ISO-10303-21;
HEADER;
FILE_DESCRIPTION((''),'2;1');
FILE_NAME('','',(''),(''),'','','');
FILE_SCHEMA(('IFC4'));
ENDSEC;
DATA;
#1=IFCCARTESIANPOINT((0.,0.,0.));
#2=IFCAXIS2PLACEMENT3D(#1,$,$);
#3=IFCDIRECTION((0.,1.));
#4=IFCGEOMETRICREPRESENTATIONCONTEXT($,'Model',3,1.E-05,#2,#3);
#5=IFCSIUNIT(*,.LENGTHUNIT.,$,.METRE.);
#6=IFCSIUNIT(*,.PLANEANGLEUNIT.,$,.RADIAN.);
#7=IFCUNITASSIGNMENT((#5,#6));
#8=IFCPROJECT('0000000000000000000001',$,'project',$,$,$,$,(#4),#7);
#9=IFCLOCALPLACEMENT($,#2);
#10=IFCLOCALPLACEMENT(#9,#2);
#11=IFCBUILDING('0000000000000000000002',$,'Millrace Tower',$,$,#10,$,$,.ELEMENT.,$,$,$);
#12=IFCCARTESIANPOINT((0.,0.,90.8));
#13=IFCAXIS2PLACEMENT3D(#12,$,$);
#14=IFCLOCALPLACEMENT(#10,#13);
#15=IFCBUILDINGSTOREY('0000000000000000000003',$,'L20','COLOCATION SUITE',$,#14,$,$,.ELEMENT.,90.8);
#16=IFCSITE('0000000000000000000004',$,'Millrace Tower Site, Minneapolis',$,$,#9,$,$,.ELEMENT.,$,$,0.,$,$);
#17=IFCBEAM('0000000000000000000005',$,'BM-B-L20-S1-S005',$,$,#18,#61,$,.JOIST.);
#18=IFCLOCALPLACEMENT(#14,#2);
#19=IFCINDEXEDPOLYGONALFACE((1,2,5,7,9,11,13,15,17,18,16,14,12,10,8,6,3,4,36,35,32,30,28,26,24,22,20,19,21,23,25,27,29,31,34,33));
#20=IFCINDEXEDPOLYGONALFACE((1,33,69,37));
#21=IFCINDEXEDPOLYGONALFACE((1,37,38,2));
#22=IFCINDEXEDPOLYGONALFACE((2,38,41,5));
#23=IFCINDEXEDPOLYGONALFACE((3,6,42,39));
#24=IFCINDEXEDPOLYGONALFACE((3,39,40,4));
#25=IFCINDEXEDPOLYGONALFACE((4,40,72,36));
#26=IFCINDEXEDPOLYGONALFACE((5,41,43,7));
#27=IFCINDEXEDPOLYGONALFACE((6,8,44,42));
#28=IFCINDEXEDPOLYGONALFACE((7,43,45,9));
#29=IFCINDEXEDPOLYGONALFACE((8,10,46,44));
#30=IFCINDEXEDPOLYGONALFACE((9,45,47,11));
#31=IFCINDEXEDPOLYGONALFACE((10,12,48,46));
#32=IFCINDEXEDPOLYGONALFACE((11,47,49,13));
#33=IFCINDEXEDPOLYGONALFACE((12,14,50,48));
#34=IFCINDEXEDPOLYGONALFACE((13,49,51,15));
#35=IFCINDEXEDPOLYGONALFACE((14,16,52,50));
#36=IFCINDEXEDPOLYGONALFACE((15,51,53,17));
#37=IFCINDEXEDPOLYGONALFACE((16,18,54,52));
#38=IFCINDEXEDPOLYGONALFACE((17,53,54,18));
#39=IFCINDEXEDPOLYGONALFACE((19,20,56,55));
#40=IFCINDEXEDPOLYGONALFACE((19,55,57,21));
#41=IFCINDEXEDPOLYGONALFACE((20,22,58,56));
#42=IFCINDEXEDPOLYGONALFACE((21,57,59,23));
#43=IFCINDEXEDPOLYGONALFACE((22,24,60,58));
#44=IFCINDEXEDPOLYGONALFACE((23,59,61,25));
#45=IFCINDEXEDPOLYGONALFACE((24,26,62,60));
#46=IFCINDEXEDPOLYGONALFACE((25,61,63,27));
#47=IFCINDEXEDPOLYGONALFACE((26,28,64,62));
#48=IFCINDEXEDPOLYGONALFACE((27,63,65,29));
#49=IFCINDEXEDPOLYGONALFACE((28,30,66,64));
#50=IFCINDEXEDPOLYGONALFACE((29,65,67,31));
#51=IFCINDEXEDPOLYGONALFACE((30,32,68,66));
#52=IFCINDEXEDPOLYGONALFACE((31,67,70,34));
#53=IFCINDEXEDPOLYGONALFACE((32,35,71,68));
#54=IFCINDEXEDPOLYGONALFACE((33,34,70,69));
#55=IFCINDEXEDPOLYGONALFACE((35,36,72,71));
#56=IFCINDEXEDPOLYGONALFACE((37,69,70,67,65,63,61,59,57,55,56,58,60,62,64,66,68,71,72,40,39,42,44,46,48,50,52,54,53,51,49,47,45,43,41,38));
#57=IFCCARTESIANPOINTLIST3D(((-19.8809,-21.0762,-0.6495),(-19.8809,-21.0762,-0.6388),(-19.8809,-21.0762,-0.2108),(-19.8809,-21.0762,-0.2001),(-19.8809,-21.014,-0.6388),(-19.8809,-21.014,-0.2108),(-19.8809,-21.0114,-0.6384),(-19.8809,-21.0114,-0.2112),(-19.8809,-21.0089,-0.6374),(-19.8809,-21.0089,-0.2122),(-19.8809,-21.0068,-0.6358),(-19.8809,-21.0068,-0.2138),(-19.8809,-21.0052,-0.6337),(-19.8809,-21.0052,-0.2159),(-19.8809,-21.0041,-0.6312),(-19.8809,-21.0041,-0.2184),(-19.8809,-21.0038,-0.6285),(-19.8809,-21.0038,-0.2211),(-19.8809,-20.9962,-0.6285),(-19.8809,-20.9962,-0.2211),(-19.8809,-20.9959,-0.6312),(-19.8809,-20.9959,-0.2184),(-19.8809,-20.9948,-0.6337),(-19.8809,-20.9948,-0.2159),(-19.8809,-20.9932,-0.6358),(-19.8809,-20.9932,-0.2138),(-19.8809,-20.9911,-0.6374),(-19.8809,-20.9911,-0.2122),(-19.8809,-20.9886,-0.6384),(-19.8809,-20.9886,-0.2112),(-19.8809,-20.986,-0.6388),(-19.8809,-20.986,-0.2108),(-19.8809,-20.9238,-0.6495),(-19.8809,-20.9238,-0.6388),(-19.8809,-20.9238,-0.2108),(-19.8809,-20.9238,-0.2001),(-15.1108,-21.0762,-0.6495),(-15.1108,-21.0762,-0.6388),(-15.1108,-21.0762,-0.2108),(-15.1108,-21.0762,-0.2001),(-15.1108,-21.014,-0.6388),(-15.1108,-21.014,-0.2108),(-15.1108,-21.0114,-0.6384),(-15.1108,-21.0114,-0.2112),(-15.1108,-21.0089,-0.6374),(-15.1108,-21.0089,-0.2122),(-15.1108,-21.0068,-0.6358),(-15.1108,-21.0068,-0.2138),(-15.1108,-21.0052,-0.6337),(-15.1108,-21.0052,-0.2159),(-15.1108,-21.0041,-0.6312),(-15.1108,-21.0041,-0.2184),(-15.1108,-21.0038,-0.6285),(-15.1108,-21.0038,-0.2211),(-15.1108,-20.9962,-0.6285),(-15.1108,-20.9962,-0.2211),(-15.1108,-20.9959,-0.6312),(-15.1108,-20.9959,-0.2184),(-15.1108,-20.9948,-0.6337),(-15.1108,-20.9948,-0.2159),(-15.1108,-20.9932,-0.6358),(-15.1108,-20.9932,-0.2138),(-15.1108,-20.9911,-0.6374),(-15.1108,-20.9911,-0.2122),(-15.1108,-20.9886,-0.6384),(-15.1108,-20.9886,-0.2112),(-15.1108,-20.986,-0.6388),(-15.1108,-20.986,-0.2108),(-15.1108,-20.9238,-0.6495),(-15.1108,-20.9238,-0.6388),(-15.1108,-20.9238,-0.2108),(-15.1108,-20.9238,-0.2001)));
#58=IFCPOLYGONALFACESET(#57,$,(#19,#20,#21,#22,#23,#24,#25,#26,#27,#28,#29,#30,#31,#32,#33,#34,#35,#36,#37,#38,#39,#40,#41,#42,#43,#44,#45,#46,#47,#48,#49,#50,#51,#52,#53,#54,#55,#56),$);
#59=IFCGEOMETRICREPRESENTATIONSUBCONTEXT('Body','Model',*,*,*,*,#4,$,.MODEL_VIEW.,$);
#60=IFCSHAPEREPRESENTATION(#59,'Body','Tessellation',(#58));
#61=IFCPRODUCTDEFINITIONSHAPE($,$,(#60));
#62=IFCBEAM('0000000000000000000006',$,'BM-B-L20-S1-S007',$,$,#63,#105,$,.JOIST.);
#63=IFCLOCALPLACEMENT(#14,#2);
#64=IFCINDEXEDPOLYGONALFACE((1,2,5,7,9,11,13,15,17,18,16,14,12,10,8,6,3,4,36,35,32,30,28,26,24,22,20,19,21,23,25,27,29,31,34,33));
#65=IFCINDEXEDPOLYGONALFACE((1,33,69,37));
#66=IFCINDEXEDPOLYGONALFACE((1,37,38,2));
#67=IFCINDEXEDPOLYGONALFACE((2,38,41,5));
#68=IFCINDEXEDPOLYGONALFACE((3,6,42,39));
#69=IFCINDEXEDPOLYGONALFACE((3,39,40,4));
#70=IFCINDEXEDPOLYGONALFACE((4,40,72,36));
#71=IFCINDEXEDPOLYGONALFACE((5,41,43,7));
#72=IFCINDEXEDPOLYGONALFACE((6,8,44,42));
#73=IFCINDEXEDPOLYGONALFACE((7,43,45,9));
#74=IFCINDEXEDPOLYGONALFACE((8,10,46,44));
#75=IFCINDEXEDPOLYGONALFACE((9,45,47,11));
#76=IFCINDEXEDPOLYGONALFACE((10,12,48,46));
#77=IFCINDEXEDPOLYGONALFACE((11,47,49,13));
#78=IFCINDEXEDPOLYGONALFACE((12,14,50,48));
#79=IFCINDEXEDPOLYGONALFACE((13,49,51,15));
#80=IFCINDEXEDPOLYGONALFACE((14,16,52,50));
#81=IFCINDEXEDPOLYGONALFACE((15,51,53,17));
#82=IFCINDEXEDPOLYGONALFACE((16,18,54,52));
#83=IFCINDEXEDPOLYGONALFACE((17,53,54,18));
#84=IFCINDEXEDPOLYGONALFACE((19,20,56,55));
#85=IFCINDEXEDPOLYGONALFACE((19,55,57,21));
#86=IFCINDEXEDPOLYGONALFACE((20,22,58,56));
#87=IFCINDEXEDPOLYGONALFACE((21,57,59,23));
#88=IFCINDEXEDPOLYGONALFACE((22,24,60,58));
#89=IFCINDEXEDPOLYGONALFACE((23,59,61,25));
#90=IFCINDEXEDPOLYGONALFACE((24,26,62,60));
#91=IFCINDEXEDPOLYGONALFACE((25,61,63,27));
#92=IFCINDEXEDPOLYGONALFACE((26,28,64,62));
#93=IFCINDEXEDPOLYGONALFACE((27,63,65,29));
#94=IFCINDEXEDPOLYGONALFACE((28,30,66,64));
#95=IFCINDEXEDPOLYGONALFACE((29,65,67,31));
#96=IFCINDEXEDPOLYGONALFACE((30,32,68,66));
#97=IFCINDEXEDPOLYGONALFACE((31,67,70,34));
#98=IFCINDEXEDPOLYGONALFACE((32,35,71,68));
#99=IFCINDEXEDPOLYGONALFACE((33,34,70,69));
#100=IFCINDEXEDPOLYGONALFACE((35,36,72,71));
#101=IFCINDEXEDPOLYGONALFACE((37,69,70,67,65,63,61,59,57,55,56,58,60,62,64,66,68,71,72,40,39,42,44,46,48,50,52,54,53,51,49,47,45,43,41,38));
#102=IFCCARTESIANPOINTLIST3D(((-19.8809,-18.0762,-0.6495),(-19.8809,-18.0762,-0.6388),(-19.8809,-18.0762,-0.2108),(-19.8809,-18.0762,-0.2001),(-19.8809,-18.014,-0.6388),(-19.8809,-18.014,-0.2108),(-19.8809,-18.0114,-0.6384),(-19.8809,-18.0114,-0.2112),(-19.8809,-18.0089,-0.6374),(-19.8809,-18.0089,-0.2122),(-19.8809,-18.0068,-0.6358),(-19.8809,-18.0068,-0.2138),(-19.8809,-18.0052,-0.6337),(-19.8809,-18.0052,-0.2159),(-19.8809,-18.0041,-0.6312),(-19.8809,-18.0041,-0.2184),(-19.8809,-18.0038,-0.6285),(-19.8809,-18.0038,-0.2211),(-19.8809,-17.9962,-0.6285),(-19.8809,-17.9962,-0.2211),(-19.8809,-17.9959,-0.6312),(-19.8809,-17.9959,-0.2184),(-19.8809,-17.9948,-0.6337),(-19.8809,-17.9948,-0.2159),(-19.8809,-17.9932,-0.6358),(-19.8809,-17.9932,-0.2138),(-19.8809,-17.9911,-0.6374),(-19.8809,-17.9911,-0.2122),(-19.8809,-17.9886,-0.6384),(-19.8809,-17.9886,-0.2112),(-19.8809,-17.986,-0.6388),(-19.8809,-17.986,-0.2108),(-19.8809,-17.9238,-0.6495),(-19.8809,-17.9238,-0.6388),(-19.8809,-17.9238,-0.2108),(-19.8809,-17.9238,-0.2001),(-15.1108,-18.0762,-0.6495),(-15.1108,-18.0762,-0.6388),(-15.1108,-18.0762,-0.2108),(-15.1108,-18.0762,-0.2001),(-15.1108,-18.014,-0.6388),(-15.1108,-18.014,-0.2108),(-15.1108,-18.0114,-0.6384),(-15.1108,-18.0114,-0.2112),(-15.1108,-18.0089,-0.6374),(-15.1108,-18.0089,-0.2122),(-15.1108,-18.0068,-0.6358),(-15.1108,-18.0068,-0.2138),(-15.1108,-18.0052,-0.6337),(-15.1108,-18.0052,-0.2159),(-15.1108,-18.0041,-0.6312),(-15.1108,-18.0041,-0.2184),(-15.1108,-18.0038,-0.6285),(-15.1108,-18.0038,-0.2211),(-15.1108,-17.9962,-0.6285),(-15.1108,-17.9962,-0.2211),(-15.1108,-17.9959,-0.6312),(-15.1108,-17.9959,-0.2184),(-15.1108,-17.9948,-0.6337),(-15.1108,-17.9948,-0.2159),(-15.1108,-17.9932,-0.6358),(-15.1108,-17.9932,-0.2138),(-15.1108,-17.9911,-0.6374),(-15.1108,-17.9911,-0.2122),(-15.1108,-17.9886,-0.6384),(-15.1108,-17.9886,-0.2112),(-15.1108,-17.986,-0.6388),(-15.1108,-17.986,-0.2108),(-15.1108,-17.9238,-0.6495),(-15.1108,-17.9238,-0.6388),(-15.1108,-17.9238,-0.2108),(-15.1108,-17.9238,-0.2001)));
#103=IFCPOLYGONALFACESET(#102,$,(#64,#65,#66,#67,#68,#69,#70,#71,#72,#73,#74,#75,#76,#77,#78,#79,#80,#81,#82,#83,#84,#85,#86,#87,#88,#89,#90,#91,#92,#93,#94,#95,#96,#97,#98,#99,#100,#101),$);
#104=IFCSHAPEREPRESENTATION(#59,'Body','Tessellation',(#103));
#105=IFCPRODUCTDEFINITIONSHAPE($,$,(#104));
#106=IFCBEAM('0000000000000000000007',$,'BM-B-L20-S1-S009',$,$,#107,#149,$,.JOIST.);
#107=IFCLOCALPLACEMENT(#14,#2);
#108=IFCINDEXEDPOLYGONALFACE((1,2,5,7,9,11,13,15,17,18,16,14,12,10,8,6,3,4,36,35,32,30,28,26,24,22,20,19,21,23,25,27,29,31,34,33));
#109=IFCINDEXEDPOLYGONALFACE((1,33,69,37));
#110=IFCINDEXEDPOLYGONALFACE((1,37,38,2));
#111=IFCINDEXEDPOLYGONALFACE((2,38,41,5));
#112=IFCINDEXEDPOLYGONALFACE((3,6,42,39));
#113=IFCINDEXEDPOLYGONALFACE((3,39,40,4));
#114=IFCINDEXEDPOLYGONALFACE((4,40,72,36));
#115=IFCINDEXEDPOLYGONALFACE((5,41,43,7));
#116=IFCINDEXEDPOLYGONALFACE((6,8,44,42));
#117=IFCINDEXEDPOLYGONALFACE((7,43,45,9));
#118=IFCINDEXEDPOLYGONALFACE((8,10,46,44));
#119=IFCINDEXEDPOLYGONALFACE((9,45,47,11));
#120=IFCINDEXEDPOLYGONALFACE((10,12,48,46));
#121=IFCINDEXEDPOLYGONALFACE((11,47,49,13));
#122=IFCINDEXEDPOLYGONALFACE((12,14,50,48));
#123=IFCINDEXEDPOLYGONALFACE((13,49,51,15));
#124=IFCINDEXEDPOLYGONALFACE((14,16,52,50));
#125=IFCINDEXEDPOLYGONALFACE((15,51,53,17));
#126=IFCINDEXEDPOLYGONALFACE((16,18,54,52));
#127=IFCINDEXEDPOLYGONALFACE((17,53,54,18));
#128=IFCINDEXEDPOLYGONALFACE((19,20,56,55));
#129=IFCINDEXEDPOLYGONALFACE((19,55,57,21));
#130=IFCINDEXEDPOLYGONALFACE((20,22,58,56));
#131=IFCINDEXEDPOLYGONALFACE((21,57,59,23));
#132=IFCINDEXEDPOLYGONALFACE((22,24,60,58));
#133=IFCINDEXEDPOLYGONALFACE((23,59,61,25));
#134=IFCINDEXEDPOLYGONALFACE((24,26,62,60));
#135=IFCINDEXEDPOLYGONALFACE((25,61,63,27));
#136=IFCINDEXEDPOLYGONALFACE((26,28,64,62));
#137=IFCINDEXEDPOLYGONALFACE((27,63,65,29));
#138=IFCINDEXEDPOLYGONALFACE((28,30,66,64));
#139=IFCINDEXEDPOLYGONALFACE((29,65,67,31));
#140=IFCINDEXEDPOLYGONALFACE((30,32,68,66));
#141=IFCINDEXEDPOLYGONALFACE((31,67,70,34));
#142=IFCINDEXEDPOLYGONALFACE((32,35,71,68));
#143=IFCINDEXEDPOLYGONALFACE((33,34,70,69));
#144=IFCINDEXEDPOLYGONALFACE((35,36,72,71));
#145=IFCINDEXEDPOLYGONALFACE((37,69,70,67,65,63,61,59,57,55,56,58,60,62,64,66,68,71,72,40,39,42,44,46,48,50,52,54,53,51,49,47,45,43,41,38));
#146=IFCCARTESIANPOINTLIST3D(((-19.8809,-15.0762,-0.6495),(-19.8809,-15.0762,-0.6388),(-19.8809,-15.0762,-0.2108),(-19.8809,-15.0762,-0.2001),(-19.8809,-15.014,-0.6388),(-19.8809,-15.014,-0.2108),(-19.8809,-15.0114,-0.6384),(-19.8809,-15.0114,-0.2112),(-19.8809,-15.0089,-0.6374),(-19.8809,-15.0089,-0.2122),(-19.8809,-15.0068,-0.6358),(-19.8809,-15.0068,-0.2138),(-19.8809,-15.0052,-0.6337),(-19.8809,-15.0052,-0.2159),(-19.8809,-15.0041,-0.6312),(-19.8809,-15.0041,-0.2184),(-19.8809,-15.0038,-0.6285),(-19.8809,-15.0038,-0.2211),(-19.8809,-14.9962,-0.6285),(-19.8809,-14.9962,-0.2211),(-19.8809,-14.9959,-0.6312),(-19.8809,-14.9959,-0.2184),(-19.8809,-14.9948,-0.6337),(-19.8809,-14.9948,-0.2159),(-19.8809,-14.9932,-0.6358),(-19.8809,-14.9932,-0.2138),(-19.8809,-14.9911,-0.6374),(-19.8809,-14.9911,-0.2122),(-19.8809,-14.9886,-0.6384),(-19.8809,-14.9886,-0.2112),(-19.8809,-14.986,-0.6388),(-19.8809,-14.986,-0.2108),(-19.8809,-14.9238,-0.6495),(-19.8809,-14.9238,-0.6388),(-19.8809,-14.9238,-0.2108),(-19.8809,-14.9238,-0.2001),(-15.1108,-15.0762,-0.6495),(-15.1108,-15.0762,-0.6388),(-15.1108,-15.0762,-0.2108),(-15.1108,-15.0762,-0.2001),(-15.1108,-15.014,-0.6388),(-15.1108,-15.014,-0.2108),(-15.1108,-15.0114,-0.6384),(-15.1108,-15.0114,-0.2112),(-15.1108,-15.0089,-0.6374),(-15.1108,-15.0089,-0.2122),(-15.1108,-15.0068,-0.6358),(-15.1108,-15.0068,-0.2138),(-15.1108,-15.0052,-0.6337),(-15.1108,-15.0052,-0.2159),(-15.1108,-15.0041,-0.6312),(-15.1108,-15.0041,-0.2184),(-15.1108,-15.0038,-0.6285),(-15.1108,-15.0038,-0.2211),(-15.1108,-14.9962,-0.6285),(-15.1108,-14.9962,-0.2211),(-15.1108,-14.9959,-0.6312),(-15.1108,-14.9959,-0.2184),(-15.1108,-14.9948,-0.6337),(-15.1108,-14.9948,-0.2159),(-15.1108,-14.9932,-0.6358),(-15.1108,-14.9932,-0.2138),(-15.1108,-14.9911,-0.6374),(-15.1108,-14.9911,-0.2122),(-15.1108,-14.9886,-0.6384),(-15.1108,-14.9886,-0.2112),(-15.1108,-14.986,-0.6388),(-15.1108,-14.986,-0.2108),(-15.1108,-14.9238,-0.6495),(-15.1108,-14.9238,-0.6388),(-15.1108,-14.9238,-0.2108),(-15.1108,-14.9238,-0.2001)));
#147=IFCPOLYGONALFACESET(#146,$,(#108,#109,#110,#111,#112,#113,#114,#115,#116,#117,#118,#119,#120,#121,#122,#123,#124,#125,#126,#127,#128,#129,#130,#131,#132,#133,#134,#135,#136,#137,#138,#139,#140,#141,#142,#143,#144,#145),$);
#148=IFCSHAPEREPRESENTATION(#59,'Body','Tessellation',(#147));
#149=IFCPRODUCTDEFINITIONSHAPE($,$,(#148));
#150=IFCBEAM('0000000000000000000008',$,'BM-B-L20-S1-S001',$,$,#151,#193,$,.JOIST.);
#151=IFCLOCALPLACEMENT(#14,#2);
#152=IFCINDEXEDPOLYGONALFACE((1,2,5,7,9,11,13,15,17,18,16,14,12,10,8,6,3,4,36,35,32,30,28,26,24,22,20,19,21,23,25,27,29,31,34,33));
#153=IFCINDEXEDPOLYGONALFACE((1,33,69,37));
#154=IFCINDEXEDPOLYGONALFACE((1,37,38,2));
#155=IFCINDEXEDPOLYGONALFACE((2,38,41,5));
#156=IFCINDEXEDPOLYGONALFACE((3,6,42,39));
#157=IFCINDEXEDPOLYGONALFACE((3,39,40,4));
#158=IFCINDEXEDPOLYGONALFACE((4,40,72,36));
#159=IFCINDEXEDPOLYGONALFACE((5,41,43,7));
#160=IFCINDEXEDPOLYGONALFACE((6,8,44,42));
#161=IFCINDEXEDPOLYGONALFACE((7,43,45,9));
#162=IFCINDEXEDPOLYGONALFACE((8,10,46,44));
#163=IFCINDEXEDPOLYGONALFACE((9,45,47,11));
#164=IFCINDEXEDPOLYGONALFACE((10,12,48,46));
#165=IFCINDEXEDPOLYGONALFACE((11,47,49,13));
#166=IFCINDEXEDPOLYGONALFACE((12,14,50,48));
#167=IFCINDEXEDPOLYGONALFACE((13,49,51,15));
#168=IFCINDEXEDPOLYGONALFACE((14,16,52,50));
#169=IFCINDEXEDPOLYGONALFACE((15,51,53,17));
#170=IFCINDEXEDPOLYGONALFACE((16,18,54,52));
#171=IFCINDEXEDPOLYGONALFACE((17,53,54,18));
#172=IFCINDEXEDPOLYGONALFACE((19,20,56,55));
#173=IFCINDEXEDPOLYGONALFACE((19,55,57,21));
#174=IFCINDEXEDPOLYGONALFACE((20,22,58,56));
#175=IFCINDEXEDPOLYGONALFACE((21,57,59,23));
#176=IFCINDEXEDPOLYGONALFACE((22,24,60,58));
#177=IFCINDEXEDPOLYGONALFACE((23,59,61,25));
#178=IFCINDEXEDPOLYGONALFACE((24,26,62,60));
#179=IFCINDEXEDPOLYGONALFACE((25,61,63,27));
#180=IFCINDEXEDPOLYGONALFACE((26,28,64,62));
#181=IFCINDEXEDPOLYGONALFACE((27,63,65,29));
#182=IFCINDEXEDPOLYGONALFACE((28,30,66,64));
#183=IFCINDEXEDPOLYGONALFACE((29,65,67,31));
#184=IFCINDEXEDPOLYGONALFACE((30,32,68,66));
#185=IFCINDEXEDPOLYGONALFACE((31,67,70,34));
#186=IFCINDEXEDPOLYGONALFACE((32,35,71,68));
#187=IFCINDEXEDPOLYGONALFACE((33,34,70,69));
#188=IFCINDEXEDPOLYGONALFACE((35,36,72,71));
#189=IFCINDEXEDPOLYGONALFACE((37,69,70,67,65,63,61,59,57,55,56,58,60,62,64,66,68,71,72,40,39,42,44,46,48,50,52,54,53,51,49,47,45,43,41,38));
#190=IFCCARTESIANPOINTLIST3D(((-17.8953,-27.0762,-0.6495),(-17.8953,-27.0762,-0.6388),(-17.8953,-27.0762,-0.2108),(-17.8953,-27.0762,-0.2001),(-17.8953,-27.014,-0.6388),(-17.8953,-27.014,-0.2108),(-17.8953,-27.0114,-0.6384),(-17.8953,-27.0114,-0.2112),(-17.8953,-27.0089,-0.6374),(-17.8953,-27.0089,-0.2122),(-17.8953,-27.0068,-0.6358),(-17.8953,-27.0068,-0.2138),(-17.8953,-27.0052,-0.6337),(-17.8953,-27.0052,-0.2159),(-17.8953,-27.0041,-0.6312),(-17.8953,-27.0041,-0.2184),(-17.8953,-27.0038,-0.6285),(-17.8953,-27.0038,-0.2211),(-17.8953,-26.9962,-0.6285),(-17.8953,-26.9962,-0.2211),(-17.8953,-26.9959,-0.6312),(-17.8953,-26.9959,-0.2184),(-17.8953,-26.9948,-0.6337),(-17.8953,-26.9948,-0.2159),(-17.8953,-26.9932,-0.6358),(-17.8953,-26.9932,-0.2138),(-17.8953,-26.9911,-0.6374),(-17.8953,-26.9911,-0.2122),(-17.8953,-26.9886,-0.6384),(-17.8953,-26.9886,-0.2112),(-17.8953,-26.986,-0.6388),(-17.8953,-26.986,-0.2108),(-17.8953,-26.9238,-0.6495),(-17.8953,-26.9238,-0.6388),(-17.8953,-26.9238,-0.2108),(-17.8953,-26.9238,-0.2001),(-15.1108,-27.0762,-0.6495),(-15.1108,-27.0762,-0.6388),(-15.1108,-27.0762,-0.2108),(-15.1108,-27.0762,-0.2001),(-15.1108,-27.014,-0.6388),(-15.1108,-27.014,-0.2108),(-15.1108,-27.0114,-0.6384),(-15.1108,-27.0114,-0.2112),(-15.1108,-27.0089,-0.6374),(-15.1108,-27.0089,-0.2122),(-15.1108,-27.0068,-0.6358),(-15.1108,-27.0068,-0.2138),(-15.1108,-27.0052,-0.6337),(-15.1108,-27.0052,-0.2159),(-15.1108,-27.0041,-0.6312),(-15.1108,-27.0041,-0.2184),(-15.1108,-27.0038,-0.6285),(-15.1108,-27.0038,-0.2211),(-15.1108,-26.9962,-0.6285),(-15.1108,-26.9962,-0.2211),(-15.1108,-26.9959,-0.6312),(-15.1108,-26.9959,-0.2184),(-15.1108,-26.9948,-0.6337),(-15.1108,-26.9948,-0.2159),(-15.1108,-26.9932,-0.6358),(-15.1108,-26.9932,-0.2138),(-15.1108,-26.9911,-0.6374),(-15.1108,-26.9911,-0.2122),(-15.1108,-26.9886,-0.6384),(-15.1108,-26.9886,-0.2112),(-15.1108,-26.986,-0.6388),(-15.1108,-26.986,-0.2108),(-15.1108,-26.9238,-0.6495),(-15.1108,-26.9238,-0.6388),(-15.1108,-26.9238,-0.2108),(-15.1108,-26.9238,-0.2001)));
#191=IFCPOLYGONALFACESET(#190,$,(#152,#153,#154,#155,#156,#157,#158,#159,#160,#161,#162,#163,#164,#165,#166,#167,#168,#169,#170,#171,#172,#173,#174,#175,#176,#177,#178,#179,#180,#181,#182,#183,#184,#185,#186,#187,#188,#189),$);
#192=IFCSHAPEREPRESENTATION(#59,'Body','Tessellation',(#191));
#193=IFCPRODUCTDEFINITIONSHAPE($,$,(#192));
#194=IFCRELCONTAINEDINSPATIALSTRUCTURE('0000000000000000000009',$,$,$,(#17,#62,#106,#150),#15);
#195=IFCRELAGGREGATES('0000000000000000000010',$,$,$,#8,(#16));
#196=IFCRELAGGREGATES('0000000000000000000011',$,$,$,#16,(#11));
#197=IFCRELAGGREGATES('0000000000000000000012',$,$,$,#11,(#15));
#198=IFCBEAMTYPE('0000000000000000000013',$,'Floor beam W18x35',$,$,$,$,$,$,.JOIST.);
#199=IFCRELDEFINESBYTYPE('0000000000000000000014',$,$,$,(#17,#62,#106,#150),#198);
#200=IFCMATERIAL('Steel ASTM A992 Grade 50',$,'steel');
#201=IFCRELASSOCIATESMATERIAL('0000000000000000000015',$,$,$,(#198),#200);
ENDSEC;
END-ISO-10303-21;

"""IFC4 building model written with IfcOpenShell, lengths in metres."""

from ifc_helpers import new_model, si_unit, direction, frame, origin, origin_2d, place, context, subcontext, project, spatial, i_section, extrude, material, material_profile, profile_set, type_object, element, save


model = new_model("IFC4")

# Units and contexts
model_context = context("Model", 3, precision=1e-05, world=origin(), true_north=direction((0.0, 1.0)))
body_context = subcontext(model_context, "Body", "Model", "MODEL_VIEW")
ifc_project = project(units=[si_unit("LENGTHUNIT", "METRE"), si_unit("PLANEANGLEUNIT", "RADIAN")], contexts=[model_context])

# Site, building, storey
site_placement = place(None, origin())
site = spatial("IfcSite", under=ifc_project, at=site_placement, Name="Millrace Tower Site, Minneapolis", CompositionType="ELEMENT", RefElevation=0.0)
building_placement = place(site_placement, origin())
building = spatial("IfcBuilding", under=site, at=building_placement, Name="Millrace Tower", CompositionType="ELEMENT")
storey_placement = place(building_placement, frame((0.0, 0.0, 90.8)))
storey = spatial("IfcBuildingStorey", under=building, at=storey_placement, Name="L20", Description="COLOCATION SUITE", CompositionType="ELEMENT", Elevation=90.8)

# Beams
ifc_material_1 = material(Name="Steel ASTM A992 Grade 50", Category="steel")
ifc_material_profile_1 = material_profile(ifc_material_1, i_section(OverallWidth=0.1523, OverallDepth=0.4495, WebThickness=0.0076, FlangeThickness=0.0107, FilletRadius=0.0103, at=origin_2d()))
ifc_profile_set_1 = profile_set([ifc_material_profile_1], Name="Steel ASTM A992 Grade 50")
beam_type_1 = type_object("IfcBeamType", Name="Floor beam W18x35", PredefinedType="JOIST", material=ifc_profile_set_1)
for number, where, z_axis, x_axis, name in (
    (1, (-19.8809, -21.0, -0.4248), (1.0, 0.0, 0.0), (0.0, 1.0, 0.0), "BM-B-L20-S1-S005"),
    (2, (-19.8809, -18.0, -0.4248), (1.0, 0.0, 0.0), (0.0, 1.0, 0.0), "BM-B-L20-S1-S007"),
    (3, (-19.8809, -15.0, -0.4248), (1.0, 0.0, 0.0), (0.0, 1.0, 0.0), "BM-B-L20-S1-S009"),
):
    element("IfcBeam", number, at=place(storey_placement, frame(where, z_axis=z_axis, x_axis=x_axis)), inside=storey, type_object=beam_type_1, Name=name, PredefinedType="JOIST", context=body_context, shape_type="SweptSolid", body=[
        extrude(i_section(OverallWidth=0.1523, OverallDepth=0.4495, WebThickness=0.0076, FlangeThickness=0.0107, FilletRadius=0.0103, at=origin_2d()), origin(), (0.0, 0.0, 1.0), 4.77),
    ])
beam_1_placement = place(storey_placement, frame((-17.8953, -27.0, -0.4248), z_axis=(1.0, 0.0, 0.0), x_axis=(0.0, 1.0, 0.0)))
element("IfcBeam", 4, at=beam_1_placement, inside=storey, type_object=beam_type_1, Name="BM-B-L20-S1-S001", PredefinedType="JOIST", context=body_context, shape_type="SweptSolid", body=[
    extrude(i_section(OverallWidth=0.1523, OverallDepth=0.4495, WebThickness=0.0076, FlangeThickness=0.0107, FilletRadius=0.0103, at=origin_2d()), origin(), (0.0, 0.0, 1.0), 2.7844),
])

save(model, "model.ifc")
